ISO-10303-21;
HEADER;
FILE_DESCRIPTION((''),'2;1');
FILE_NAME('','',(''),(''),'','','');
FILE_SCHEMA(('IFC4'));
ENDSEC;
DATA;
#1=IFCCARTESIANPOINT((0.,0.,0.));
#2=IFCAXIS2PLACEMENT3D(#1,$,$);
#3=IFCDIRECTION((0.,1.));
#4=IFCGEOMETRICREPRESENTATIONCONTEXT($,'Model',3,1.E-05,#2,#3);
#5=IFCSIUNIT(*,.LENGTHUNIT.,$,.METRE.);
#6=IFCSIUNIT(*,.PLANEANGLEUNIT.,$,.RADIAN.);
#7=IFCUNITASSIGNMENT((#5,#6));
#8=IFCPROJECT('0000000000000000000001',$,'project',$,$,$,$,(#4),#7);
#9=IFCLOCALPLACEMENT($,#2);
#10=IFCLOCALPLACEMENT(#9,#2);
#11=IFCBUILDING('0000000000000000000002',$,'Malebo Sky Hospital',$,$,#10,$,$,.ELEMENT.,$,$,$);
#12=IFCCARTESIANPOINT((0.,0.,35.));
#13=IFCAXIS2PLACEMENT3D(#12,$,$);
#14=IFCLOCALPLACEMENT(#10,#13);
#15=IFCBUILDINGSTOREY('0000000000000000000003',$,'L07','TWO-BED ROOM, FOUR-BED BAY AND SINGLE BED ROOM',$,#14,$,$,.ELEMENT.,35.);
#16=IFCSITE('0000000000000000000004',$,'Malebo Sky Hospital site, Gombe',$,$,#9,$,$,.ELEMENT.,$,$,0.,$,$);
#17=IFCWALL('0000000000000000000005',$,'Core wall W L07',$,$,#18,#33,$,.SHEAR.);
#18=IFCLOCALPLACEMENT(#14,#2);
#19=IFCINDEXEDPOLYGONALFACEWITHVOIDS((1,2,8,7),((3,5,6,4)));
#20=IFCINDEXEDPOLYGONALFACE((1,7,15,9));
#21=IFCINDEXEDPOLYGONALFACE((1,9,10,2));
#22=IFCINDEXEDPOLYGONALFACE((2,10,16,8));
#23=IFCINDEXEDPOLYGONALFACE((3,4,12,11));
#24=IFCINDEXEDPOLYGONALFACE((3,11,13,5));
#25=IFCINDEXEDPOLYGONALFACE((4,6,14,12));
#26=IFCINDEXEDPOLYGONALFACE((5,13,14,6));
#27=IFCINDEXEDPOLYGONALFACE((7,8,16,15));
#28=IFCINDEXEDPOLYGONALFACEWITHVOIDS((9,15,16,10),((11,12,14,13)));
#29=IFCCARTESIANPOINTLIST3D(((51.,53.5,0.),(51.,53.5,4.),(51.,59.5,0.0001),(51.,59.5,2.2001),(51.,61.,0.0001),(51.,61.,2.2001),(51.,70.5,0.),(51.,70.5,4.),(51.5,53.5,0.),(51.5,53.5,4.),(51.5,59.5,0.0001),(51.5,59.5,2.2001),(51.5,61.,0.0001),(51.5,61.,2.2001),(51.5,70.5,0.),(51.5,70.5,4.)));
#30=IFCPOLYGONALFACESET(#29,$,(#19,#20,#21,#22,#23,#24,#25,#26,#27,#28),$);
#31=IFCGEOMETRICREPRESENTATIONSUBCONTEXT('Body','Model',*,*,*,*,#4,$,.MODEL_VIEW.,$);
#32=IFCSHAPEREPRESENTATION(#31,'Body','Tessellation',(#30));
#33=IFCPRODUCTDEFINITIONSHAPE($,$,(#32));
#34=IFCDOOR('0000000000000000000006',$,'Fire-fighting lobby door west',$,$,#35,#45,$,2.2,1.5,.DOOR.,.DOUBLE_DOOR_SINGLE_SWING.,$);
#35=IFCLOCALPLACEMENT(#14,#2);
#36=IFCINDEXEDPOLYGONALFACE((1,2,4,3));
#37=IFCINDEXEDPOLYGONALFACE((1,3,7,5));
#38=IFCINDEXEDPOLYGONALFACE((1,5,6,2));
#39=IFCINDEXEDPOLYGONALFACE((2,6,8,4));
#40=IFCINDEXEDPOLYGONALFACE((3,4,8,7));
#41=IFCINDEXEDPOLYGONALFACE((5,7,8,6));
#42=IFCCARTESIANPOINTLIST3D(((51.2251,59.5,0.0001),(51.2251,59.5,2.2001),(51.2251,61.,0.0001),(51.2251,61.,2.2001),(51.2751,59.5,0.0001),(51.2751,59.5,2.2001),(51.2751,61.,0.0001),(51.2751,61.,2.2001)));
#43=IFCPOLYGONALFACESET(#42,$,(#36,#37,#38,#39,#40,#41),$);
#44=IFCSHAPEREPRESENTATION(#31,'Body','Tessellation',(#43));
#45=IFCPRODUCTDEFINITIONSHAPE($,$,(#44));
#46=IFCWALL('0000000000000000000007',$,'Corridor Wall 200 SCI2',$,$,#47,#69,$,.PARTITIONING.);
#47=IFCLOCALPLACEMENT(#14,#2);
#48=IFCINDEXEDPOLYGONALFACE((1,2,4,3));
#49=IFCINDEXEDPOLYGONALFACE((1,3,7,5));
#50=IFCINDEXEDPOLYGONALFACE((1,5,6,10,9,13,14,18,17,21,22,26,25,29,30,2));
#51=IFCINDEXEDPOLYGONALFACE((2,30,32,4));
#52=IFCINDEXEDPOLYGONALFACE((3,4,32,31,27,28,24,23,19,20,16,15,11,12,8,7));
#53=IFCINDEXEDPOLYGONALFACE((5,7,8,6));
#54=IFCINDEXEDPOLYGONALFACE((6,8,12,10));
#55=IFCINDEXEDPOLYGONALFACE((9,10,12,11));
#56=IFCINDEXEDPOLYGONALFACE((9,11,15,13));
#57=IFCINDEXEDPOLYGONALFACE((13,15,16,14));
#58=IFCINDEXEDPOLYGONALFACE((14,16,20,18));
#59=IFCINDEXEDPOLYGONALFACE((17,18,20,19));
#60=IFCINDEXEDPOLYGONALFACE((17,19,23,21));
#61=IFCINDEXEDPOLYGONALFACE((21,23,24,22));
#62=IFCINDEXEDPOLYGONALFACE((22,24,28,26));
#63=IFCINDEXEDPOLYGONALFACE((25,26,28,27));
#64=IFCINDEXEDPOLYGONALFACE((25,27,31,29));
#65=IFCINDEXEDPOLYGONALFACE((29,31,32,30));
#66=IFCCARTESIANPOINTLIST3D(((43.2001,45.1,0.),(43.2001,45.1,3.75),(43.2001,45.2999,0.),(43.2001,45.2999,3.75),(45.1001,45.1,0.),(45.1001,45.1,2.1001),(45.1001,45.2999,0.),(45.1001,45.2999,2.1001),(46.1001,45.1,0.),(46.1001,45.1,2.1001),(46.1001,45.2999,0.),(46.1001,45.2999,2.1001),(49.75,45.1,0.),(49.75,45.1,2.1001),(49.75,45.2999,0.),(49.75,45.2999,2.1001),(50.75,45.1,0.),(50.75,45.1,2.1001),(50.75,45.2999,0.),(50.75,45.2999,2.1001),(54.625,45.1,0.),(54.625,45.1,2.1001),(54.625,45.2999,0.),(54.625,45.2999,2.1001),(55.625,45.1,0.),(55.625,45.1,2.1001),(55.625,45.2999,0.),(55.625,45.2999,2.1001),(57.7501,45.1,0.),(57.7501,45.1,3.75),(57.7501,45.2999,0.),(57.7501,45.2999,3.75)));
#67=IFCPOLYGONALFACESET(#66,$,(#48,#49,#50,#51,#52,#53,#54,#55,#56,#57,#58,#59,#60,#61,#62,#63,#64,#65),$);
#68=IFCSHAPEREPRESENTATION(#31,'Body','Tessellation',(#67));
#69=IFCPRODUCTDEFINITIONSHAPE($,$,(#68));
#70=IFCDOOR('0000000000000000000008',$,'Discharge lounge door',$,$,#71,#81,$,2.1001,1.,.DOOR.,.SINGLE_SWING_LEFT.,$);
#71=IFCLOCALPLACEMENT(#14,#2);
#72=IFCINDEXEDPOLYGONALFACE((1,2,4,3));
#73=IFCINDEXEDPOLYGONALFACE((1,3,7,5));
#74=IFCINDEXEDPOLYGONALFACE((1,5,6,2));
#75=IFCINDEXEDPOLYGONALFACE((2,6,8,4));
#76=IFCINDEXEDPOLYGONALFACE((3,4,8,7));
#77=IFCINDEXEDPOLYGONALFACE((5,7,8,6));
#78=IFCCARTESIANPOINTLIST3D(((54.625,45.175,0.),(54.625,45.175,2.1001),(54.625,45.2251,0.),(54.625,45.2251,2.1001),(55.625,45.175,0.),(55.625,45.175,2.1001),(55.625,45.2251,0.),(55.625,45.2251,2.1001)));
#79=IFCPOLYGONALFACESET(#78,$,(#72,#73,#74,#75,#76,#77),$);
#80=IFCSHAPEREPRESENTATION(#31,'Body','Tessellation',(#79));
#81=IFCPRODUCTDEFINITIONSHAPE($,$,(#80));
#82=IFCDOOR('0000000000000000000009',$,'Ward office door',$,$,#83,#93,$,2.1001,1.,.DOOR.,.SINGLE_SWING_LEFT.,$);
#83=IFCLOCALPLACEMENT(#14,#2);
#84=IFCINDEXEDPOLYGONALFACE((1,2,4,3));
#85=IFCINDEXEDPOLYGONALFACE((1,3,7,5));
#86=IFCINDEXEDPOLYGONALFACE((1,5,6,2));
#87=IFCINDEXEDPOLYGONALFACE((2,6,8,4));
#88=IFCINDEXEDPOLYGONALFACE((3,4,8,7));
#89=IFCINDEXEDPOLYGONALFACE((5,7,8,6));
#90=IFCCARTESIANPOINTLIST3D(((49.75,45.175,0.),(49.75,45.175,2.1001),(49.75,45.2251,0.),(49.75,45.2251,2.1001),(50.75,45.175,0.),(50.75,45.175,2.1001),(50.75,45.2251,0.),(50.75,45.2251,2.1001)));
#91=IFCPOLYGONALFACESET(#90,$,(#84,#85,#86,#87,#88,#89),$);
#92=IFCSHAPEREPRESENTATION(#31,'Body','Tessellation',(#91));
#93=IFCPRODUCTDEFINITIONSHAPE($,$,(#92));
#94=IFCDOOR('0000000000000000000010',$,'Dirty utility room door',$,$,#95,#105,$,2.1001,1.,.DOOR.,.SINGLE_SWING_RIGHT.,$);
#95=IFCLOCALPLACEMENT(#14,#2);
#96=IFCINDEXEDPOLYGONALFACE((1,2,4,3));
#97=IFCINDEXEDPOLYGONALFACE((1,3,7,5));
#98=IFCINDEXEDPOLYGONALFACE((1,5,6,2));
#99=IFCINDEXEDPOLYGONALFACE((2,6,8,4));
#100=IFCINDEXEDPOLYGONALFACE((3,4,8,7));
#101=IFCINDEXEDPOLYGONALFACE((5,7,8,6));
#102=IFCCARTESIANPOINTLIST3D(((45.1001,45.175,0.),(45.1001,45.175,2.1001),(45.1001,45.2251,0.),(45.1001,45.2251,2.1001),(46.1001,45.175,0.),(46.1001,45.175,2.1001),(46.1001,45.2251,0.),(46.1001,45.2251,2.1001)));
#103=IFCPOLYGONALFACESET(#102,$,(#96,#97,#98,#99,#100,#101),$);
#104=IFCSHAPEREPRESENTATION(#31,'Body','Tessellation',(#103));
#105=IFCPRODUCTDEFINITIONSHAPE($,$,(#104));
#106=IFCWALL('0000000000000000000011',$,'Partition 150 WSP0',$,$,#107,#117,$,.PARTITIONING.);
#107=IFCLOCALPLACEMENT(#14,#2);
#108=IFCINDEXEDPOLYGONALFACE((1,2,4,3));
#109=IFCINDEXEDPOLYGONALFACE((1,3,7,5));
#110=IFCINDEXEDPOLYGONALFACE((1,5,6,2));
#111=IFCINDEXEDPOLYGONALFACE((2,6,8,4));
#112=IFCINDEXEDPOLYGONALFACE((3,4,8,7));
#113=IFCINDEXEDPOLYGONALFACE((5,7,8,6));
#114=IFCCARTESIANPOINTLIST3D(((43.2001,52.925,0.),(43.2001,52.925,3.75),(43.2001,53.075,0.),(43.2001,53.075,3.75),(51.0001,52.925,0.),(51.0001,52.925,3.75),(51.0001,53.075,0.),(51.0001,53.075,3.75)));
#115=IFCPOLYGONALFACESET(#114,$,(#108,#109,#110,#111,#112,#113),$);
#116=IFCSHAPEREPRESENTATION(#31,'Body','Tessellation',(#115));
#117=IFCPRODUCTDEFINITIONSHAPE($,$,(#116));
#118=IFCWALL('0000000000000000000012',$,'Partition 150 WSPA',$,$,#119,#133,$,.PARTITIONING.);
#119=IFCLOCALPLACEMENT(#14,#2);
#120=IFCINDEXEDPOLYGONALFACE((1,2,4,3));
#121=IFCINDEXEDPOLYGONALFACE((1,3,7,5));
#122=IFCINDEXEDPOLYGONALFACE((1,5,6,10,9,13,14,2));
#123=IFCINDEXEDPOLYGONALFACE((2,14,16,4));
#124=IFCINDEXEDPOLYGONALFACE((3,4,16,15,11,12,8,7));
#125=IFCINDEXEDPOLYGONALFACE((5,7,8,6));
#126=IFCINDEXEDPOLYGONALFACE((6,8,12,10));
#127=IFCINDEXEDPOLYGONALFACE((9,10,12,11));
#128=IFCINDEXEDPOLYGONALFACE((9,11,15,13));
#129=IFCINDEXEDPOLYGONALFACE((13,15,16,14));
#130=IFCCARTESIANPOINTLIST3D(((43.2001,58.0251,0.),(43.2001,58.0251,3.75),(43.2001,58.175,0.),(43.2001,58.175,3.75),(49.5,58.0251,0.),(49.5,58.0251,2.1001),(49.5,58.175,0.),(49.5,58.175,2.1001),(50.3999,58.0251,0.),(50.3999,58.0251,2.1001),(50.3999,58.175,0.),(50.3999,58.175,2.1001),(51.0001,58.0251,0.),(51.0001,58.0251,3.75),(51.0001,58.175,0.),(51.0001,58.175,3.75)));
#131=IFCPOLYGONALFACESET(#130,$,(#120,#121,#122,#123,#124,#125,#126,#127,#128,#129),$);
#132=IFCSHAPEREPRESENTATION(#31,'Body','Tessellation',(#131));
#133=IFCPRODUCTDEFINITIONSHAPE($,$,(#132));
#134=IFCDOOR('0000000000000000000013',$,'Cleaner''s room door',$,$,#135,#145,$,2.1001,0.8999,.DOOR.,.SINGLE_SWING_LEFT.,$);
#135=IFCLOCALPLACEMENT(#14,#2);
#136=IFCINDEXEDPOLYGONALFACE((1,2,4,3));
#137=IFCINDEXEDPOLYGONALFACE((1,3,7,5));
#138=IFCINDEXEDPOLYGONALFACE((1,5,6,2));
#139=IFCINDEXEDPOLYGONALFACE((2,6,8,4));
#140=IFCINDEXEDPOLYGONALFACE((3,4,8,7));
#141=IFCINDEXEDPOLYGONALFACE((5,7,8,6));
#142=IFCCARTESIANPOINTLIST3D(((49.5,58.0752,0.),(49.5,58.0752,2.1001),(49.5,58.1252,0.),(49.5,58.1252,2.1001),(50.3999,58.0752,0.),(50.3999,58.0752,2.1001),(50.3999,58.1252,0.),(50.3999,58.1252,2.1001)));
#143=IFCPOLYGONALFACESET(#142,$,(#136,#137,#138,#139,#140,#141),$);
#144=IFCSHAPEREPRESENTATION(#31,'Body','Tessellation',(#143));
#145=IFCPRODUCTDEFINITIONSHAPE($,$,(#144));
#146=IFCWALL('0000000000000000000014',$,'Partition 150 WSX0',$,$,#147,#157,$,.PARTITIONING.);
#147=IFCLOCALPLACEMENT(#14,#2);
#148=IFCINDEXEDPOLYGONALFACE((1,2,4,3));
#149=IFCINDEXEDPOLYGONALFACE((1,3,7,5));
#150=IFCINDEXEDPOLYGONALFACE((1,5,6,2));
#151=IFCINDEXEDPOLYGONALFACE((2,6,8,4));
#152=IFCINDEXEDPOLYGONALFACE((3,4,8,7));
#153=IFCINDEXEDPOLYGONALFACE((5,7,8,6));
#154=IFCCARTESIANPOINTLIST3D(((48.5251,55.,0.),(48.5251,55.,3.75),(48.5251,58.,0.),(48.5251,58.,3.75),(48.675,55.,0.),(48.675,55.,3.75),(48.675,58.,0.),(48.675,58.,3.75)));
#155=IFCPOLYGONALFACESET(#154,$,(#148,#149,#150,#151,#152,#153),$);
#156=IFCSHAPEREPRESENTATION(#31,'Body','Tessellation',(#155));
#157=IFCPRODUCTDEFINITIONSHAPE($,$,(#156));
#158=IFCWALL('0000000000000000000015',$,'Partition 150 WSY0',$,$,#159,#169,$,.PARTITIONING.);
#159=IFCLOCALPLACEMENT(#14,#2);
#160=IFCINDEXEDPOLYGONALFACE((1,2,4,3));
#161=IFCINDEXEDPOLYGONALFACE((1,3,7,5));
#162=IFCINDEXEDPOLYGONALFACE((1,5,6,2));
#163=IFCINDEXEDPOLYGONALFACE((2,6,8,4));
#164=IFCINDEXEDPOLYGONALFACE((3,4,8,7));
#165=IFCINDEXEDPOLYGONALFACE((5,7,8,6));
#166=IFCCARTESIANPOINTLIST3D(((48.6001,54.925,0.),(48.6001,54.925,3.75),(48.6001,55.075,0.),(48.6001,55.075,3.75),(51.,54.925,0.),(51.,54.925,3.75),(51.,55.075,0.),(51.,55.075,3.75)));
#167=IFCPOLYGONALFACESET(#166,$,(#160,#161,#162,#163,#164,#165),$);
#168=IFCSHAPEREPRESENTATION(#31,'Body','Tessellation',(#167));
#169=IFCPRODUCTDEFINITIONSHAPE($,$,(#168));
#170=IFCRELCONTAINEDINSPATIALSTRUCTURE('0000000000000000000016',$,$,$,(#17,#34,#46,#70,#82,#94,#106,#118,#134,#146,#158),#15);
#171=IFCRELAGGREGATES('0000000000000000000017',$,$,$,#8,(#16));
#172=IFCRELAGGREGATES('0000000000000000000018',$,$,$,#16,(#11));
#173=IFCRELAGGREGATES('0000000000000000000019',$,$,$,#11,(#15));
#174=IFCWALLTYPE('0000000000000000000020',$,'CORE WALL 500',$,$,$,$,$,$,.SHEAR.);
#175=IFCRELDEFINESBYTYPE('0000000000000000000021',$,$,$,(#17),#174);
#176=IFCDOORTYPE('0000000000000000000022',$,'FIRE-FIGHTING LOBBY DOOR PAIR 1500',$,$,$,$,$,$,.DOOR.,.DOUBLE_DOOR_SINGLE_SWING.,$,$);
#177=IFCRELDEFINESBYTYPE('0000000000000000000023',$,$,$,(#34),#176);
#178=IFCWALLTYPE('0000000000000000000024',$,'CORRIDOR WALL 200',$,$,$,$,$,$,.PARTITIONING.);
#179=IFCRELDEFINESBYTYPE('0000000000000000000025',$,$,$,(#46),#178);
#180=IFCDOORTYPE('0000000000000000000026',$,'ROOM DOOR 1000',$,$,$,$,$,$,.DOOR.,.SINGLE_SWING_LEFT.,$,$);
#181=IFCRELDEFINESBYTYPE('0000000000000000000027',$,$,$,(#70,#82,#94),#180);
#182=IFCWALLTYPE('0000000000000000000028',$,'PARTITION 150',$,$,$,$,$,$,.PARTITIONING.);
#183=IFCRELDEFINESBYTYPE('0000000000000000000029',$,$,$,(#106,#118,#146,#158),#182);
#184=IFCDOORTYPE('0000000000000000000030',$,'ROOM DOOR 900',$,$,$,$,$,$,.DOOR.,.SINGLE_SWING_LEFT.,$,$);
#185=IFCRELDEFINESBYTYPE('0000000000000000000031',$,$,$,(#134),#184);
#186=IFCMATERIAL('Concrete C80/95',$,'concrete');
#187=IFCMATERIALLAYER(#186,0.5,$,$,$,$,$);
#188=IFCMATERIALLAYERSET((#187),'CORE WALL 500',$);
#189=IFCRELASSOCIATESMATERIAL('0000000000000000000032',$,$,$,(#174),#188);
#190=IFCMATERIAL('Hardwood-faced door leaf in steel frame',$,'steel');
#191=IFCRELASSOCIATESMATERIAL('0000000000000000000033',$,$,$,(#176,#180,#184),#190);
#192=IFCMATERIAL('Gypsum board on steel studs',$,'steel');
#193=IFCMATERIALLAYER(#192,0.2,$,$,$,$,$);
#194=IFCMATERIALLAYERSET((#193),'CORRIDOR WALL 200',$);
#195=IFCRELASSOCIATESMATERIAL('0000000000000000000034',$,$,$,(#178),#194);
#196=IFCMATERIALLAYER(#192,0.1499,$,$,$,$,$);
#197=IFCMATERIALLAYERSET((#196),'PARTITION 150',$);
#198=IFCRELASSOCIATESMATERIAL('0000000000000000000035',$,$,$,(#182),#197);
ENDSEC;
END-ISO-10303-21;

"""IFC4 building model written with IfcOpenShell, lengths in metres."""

from ifc_helpers import new_model, si_unit, direction, frame, frame_2d, origin, place, context, subcontext, project, spatial, rectangle, extrude, material, layer, layer_set, type_object, element, fill, save


model = new_model("IFC4")

# Units and contexts
model_context = context("Model", 3, precision=1e-05, world=origin(), true_north=direction((0.0, 1.0)))
body_context = subcontext(model_context, "Body", "Model", "MODEL_VIEW")
ifc_project = project(units=[si_unit("LENGTHUNIT", "METRE"), si_unit("PLANEANGLEUNIT", "RADIAN")], contexts=[model_context])

# Site, building, storey
site_placement = place(None, origin())
site = spatial("IfcSite", under=ifc_project, at=site_placement, Name="Malebo Sky Hospital site, Gombe", CompositionType="ELEMENT", RefElevation=0.0)
building_placement = place(site_placement, origin())
building = spatial("IfcBuilding", under=site, at=building_placement, Name="Malebo Sky Hospital", CompositionType="ELEMENT")
storey_placement = place(building_placement, frame((0.0, 0.0, 35.0)))
storey = spatial("IfcBuildingStorey", under=building, at=storey_placement, Name="L07", Description="TWO-BED ROOM, FOUR-BED BAY AND SINGLE BED ROOM", CompositionType="ELEMENT", Elevation=35.0)

# Shared definitions
ifc_material_1 = material(Name="Concrete C80/95", Category="concrete")

# Wall, opening, door
ifc_layer_1 = layer(ifc_material_1, 0.5)
ifc_layer_set_1 = layer_set([ifc_layer_1], Name="CORE WALL 500")
wall_type_1 = type_object("IfcWallType", Name="CORE WALL 500", PredefinedType="SHEAR", material=ifc_layer_set_1)
ifc_material_2 = material(Name="Hardwood-faced door leaf in steel frame", Category="steel")
wall_1_placement = place(storey_placement, frame((51.25, 53.5, 0.0), z_axis=(0.0, 0.0, 1.0), x_axis=(0.0, 1.0, 0.0)))
wall_1 = element("IfcWall", 1, at=wall_1_placement, inside=storey, type_object=wall_type_1, Name="Core wall W L07", PredefinedType="SHEAR", context=body_context, shape_type="SweptSolid", body=[
    extrude(rectangle(XDim=17.0, YDim=0.5, at=frame_2d((8.5, 0.0))), origin(), (0.0, 0.0, 1.0), 4.0),
])
opening_1_placement = place(wall_1_placement, frame((6.0, 0.0, 0.0)))
opening_1 = element("IfcOpeningElement", 2, at=opening_1_placement, cuts=wall_1, PredefinedType="OPENING", context=body_context, shape_type="SweptSolid", body=[
    extrude(rectangle(XDim=1.5, YDim=2.2, at=frame_2d((0.75, 1.1001))), frame((0.0, 0.26, 0.0), z_axis=(0.0, -1.0, 0.0), x_axis=(1.0, 0.0, 0.0)), (0.0, 0.0, 1.0), 0.52),
])
door_type_1 = type_object("IfcDoorType", Name="FIRE-FIGHTING LOBBY DOOR PAIR 1500", OperationType="DOUBLE_DOOR_SINGLE_SWING", PredefinedType="DOOR", material=ifc_material_2)
door_1_placement = place(opening_1_placement, origin())
door_1 = element("IfcDoor", 3, at=door_1_placement, inside=storey, type_object=door_type_1, Name="Fire-fighting lobby door west", OperationType="DOUBLE_DOOR_SINGLE_SWING", OverallHeight=2.2, OverallWidth=1.5, PredefinedType="DOOR", context=body_context, shape_type="SweptSolid", body=[
    extrude(rectangle(XDim=1.5, YDim=2.2, at=frame_2d((0.75, 1.1001))), frame((0.0, 0.0249, 0.0), z_axis=(0.0, -1.0, 0.0), x_axis=(1.0, 0.0, 0.0)), (0.0, 0.0, 1.0), 0.05),
])
fill(opening_1, door_1)

# Wall, openings, doors
ifc_material_3 = material(Name="Gypsum board on steel studs", Category="steel")
ifc_layer_2 = layer(ifc_material_3, 0.2)
ifc_layer_set_2 = layer_set([ifc_layer_2], Name="CORRIDOR WALL 200")
wall_type_2 = type_object("IfcWallType", Name="CORRIDOR WALL 200", PredefinedType="PARTITIONING", material=ifc_layer_set_2)
wall_2_placement = place(storey_placement, frame((57.75, 45.2, 0.0), z_axis=(0.0, 0.0, 1.0), x_axis=(-1.0, 0.0, 0.0)))
wall_2 = element("IfcWall", 4, at=wall_2_placement, inside=storey, type_object=wall_type_2, Name="Corridor Wall 200 SCI2", PredefinedType="PARTITIONING", context=body_context, shape_type="SweptSolid", body=[
    extrude(rectangle(XDim=14.55, YDim=0.2, at=frame_2d((7.2749, 0.0))), origin(), (0.0, 0.0, 1.0), 3.75),
])
opening_2_placement = place(wall_2_placement, frame((2.125, 0.0, 0.0)))
opening_2 = element("IfcOpeningElement", 5, at=opening_2_placement, cuts=wall_2, PredefinedType="OPENING", context=body_context, shape_type="SweptSolid", body=[
    extrude(rectangle(XDim=1.0, YDim=2.1001, at=frame_2d((0.5, 1.05))), frame((0.0, 0.1099, 0.0), z_axis=(0.0, -1.0, 0.0), x_axis=(1.0, 0.0, 0.0)), (0.0, 0.0, 1.0), 0.22),
])
opening_3_placement = place(wall_2_placement, frame((7.0, 0.0, 0.0)))
opening_3 = element("IfcOpeningElement", 6, at=opening_3_placement, cuts=wall_2, PredefinedType="OPENING", context=body_context, shape_type="SweptSolid", body=[
    extrude(rectangle(XDim=1.0, YDim=2.1001, at=frame_2d((0.5, 1.05))), frame((0.0, 0.1099, 0.0), z_axis=(0.0, -1.0, 0.0), x_axis=(1.0, 0.0, 0.0)), (0.0, 0.0, 1.0), 0.22),
])
opening_4_placement = place(wall_2_placement, frame((11.6499, 0.0, 0.0)))
opening_4 = element("IfcOpeningElement", 7, at=opening_4_placement, cuts=wall_2, PredefinedType="OPENING", context=body_context, shape_type="SweptSolid", body=[
    extrude(rectangle(XDim=1.0, YDim=2.1001, at=frame_2d((0.5, 1.05))), frame((0.0, 0.1099, 0.0), z_axis=(0.0, -1.0, 0.0), x_axis=(1.0, 0.0, 0.0)), (0.0, 0.0, 1.0), 0.22),
])
door_type_2 = type_object("IfcDoorType", Name="ROOM DOOR 1000", OperationType="SINGLE_SWING_LEFT", PredefinedType="DOOR", material=ifc_material_2)
door_2_placement = place(opening_2_placement, origin())
door_2 = element("IfcDoor", 8, at=door_2_placement, inside=storey, type_object=door_type_2, Name="Discharge lounge door", OperationType="SINGLE_SWING_LEFT", OverallHeight=2.1001, OverallWidth=1.0, PredefinedType="DOOR", context=body_context, shape_type="SweptSolid", body=[
    extrude(rectangle(XDim=1.0, YDim=2.1001, at=frame_2d((0.5, 1.05))), frame((0.0, 0.0249, 0.0), z_axis=(0.0, -1.0, 0.0), x_axis=(1.0, 0.0, 0.0)), (0.0, 0.0, 1.0), 0.05),
])
fill(opening_2, door_2)
door_3_placement = place(opening_3_placement, origin())
door_3 = element("IfcDoor", 9, at=door_3_placement, inside=storey, type_object=door_type_2, Name="Ward office door", OperationType="SINGLE_SWING_LEFT", OverallHeight=2.1001, OverallWidth=1.0, PredefinedType="DOOR", context=body_context, shape_type="SweptSolid", body=[
    extrude(rectangle(XDim=1.0, YDim=2.1001, at=frame_2d((0.5, 1.05))), frame((0.0, 0.0249, 0.0), z_axis=(0.0, -1.0, 0.0), x_axis=(1.0, 0.0, 0.0)), (0.0, 0.0, 1.0), 0.05),
])
fill(opening_3, door_3)
door_4_placement = place(opening_4_placement, origin())
door_4 = element("IfcDoor", 10, at=door_4_placement, inside=storey, type_object=door_type_2, Name="Dirty utility room door", OperationType="SINGLE_SWING_RIGHT", OverallHeight=2.1001, OverallWidth=1.0, PredefinedType="DOOR", context=body_context, shape_type="SweptSolid", body=[
    extrude(rectangle(XDim=1.0, YDim=2.1001, at=frame_2d((0.5, 1.05))), frame((0.0, 0.0249, 0.0), z_axis=(0.0, -1.0, 0.0), x_axis=(1.0, 0.0, 0.0)), (0.0, 0.0, 1.0), 0.05),
])
fill(opening_4, door_4)

# Wall
ifc_layer_3 = layer(ifc_material_3, 0.1499)
ifc_layer_set_3 = layer_set([ifc_layer_3], Name="PARTITION 150")
wall_type_3 = type_object("IfcWallType", Name="PARTITION 150", PredefinedType="PARTITIONING", material=ifc_layer_set_3)
wall_3_placement = place(storey_placement, frame((51.0, 53.0, 0.0), z_axis=(0.0, 0.0, 1.0), x_axis=(-1.0, 0.0, 0.0)))
element("IfcWall", 11, at=wall_3_placement, inside=storey, type_object=wall_type_3, Name="Partition 150 WSP0", PredefinedType="PARTITIONING", context=body_context, shape_type="SweptSolid", body=[
    extrude(rectangle(XDim=7.8, YDim=0.1499, at=frame_2d((3.8999, 0.0))), origin(), (0.0, 0.0, 1.0), 3.75),
])

# Wall, opening, door
wall_4_placement = place(storey_placement, frame((51.0, 58.1001, 0.0), z_axis=(0.0, 0.0, 1.0), x_axis=(-1.0, 0.0, 0.0)))
wall_4 = element("IfcWall", 12, at=wall_4_placement, inside=storey, type_object=wall_type_3, Name="Partition 150 WSPA", PredefinedType="PARTITIONING", context=body_context, shape_type="SweptSolid", body=[
    extrude(rectangle(XDim=7.8, YDim=0.1499, at=frame_2d((3.8999, 0.0))), origin(), (0.0, 0.0, 1.0), 3.75),
])
opening_5_placement = place(wall_4_placement, frame((0.6001, 0.0, 0.0)))
opening_5 = element("IfcOpeningElement", 13, at=opening_5_placement, cuts=wall_4, PredefinedType="OPENING", context=body_context, shape_type="SweptSolid", body=[
    extrude(rectangle(XDim=0.8999, YDim=2.1001, at=frame_2d((0.45, 1.05))), frame((0.0, 0.085, 0.0), z_axis=(0.0, -1.0, 0.0), x_axis=(1.0, 0.0, 0.0)), (0.0, 0.0, 1.0), 0.1699),
])
door_type_3 = type_object("IfcDoorType", Name="ROOM DOOR 900", OperationType="SINGLE_SWING_LEFT", PredefinedType="DOOR", material=ifc_material_2)
door_5_placement = place(opening_5_placement, origin())
door_5 = element("IfcDoor", 14, at=door_5_placement, inside=storey, type_object=door_type_3, Name="Cleaner's room door", OperationType="SINGLE_SWING_LEFT", OverallHeight=2.1001, OverallWidth=0.8999, PredefinedType="DOOR", context=body_context, shape_type="SweptSolid", body=[
    extrude(rectangle(XDim=0.8999, YDim=2.1001, at=frame_2d((0.45, 1.05))), frame((0.0, 0.0249, 0.0), z_axis=(0.0, -1.0, 0.0), x_axis=(1.0, 0.0, 0.0)), (0.0, 0.0, 1.0), 0.05),
])
fill(opening_5, door_5)

# Walls
wall_5_placement = place(storey_placement, frame((48.6001, 55.0, 0.0), z_axis=(0.0, 0.0, 1.0), x_axis=(0.0, 1.0, 0.0)))
element("IfcWall", 15, at=wall_5_placement, inside=storey, type_object=wall_type_3, Name="Partition 150 WSX0", PredefinedType="PARTITIONING", context=body_context, shape_type="SweptSolid", body=[
    extrude(rectangle(XDim=3.0, YDim=0.1499, at=frame_2d((1.5, 0.0))), origin(), (0.0, 0.0, 1.0), 3.75),
])
wall_6_placement = place(storey_placement, frame((51.0, 55.0, 0.0), z_axis=(0.0, 0.0, 1.0), x_axis=(-1.0, 0.0, 0.0)))
element("IfcWall", 16, at=wall_6_placement, inside=storey, type_object=wall_type_3, Name="Partition 150 WSY0", PredefinedType="PARTITIONING", context=body_context, shape_type="SweptSolid", body=[
    extrude(rectangle(XDim=2.3999, YDim=0.1499, at=frame_2d((1.2, 0.0))), origin(), (0.0, 0.0, 1.0), 3.75),
])

save(model, "model.ifc")
